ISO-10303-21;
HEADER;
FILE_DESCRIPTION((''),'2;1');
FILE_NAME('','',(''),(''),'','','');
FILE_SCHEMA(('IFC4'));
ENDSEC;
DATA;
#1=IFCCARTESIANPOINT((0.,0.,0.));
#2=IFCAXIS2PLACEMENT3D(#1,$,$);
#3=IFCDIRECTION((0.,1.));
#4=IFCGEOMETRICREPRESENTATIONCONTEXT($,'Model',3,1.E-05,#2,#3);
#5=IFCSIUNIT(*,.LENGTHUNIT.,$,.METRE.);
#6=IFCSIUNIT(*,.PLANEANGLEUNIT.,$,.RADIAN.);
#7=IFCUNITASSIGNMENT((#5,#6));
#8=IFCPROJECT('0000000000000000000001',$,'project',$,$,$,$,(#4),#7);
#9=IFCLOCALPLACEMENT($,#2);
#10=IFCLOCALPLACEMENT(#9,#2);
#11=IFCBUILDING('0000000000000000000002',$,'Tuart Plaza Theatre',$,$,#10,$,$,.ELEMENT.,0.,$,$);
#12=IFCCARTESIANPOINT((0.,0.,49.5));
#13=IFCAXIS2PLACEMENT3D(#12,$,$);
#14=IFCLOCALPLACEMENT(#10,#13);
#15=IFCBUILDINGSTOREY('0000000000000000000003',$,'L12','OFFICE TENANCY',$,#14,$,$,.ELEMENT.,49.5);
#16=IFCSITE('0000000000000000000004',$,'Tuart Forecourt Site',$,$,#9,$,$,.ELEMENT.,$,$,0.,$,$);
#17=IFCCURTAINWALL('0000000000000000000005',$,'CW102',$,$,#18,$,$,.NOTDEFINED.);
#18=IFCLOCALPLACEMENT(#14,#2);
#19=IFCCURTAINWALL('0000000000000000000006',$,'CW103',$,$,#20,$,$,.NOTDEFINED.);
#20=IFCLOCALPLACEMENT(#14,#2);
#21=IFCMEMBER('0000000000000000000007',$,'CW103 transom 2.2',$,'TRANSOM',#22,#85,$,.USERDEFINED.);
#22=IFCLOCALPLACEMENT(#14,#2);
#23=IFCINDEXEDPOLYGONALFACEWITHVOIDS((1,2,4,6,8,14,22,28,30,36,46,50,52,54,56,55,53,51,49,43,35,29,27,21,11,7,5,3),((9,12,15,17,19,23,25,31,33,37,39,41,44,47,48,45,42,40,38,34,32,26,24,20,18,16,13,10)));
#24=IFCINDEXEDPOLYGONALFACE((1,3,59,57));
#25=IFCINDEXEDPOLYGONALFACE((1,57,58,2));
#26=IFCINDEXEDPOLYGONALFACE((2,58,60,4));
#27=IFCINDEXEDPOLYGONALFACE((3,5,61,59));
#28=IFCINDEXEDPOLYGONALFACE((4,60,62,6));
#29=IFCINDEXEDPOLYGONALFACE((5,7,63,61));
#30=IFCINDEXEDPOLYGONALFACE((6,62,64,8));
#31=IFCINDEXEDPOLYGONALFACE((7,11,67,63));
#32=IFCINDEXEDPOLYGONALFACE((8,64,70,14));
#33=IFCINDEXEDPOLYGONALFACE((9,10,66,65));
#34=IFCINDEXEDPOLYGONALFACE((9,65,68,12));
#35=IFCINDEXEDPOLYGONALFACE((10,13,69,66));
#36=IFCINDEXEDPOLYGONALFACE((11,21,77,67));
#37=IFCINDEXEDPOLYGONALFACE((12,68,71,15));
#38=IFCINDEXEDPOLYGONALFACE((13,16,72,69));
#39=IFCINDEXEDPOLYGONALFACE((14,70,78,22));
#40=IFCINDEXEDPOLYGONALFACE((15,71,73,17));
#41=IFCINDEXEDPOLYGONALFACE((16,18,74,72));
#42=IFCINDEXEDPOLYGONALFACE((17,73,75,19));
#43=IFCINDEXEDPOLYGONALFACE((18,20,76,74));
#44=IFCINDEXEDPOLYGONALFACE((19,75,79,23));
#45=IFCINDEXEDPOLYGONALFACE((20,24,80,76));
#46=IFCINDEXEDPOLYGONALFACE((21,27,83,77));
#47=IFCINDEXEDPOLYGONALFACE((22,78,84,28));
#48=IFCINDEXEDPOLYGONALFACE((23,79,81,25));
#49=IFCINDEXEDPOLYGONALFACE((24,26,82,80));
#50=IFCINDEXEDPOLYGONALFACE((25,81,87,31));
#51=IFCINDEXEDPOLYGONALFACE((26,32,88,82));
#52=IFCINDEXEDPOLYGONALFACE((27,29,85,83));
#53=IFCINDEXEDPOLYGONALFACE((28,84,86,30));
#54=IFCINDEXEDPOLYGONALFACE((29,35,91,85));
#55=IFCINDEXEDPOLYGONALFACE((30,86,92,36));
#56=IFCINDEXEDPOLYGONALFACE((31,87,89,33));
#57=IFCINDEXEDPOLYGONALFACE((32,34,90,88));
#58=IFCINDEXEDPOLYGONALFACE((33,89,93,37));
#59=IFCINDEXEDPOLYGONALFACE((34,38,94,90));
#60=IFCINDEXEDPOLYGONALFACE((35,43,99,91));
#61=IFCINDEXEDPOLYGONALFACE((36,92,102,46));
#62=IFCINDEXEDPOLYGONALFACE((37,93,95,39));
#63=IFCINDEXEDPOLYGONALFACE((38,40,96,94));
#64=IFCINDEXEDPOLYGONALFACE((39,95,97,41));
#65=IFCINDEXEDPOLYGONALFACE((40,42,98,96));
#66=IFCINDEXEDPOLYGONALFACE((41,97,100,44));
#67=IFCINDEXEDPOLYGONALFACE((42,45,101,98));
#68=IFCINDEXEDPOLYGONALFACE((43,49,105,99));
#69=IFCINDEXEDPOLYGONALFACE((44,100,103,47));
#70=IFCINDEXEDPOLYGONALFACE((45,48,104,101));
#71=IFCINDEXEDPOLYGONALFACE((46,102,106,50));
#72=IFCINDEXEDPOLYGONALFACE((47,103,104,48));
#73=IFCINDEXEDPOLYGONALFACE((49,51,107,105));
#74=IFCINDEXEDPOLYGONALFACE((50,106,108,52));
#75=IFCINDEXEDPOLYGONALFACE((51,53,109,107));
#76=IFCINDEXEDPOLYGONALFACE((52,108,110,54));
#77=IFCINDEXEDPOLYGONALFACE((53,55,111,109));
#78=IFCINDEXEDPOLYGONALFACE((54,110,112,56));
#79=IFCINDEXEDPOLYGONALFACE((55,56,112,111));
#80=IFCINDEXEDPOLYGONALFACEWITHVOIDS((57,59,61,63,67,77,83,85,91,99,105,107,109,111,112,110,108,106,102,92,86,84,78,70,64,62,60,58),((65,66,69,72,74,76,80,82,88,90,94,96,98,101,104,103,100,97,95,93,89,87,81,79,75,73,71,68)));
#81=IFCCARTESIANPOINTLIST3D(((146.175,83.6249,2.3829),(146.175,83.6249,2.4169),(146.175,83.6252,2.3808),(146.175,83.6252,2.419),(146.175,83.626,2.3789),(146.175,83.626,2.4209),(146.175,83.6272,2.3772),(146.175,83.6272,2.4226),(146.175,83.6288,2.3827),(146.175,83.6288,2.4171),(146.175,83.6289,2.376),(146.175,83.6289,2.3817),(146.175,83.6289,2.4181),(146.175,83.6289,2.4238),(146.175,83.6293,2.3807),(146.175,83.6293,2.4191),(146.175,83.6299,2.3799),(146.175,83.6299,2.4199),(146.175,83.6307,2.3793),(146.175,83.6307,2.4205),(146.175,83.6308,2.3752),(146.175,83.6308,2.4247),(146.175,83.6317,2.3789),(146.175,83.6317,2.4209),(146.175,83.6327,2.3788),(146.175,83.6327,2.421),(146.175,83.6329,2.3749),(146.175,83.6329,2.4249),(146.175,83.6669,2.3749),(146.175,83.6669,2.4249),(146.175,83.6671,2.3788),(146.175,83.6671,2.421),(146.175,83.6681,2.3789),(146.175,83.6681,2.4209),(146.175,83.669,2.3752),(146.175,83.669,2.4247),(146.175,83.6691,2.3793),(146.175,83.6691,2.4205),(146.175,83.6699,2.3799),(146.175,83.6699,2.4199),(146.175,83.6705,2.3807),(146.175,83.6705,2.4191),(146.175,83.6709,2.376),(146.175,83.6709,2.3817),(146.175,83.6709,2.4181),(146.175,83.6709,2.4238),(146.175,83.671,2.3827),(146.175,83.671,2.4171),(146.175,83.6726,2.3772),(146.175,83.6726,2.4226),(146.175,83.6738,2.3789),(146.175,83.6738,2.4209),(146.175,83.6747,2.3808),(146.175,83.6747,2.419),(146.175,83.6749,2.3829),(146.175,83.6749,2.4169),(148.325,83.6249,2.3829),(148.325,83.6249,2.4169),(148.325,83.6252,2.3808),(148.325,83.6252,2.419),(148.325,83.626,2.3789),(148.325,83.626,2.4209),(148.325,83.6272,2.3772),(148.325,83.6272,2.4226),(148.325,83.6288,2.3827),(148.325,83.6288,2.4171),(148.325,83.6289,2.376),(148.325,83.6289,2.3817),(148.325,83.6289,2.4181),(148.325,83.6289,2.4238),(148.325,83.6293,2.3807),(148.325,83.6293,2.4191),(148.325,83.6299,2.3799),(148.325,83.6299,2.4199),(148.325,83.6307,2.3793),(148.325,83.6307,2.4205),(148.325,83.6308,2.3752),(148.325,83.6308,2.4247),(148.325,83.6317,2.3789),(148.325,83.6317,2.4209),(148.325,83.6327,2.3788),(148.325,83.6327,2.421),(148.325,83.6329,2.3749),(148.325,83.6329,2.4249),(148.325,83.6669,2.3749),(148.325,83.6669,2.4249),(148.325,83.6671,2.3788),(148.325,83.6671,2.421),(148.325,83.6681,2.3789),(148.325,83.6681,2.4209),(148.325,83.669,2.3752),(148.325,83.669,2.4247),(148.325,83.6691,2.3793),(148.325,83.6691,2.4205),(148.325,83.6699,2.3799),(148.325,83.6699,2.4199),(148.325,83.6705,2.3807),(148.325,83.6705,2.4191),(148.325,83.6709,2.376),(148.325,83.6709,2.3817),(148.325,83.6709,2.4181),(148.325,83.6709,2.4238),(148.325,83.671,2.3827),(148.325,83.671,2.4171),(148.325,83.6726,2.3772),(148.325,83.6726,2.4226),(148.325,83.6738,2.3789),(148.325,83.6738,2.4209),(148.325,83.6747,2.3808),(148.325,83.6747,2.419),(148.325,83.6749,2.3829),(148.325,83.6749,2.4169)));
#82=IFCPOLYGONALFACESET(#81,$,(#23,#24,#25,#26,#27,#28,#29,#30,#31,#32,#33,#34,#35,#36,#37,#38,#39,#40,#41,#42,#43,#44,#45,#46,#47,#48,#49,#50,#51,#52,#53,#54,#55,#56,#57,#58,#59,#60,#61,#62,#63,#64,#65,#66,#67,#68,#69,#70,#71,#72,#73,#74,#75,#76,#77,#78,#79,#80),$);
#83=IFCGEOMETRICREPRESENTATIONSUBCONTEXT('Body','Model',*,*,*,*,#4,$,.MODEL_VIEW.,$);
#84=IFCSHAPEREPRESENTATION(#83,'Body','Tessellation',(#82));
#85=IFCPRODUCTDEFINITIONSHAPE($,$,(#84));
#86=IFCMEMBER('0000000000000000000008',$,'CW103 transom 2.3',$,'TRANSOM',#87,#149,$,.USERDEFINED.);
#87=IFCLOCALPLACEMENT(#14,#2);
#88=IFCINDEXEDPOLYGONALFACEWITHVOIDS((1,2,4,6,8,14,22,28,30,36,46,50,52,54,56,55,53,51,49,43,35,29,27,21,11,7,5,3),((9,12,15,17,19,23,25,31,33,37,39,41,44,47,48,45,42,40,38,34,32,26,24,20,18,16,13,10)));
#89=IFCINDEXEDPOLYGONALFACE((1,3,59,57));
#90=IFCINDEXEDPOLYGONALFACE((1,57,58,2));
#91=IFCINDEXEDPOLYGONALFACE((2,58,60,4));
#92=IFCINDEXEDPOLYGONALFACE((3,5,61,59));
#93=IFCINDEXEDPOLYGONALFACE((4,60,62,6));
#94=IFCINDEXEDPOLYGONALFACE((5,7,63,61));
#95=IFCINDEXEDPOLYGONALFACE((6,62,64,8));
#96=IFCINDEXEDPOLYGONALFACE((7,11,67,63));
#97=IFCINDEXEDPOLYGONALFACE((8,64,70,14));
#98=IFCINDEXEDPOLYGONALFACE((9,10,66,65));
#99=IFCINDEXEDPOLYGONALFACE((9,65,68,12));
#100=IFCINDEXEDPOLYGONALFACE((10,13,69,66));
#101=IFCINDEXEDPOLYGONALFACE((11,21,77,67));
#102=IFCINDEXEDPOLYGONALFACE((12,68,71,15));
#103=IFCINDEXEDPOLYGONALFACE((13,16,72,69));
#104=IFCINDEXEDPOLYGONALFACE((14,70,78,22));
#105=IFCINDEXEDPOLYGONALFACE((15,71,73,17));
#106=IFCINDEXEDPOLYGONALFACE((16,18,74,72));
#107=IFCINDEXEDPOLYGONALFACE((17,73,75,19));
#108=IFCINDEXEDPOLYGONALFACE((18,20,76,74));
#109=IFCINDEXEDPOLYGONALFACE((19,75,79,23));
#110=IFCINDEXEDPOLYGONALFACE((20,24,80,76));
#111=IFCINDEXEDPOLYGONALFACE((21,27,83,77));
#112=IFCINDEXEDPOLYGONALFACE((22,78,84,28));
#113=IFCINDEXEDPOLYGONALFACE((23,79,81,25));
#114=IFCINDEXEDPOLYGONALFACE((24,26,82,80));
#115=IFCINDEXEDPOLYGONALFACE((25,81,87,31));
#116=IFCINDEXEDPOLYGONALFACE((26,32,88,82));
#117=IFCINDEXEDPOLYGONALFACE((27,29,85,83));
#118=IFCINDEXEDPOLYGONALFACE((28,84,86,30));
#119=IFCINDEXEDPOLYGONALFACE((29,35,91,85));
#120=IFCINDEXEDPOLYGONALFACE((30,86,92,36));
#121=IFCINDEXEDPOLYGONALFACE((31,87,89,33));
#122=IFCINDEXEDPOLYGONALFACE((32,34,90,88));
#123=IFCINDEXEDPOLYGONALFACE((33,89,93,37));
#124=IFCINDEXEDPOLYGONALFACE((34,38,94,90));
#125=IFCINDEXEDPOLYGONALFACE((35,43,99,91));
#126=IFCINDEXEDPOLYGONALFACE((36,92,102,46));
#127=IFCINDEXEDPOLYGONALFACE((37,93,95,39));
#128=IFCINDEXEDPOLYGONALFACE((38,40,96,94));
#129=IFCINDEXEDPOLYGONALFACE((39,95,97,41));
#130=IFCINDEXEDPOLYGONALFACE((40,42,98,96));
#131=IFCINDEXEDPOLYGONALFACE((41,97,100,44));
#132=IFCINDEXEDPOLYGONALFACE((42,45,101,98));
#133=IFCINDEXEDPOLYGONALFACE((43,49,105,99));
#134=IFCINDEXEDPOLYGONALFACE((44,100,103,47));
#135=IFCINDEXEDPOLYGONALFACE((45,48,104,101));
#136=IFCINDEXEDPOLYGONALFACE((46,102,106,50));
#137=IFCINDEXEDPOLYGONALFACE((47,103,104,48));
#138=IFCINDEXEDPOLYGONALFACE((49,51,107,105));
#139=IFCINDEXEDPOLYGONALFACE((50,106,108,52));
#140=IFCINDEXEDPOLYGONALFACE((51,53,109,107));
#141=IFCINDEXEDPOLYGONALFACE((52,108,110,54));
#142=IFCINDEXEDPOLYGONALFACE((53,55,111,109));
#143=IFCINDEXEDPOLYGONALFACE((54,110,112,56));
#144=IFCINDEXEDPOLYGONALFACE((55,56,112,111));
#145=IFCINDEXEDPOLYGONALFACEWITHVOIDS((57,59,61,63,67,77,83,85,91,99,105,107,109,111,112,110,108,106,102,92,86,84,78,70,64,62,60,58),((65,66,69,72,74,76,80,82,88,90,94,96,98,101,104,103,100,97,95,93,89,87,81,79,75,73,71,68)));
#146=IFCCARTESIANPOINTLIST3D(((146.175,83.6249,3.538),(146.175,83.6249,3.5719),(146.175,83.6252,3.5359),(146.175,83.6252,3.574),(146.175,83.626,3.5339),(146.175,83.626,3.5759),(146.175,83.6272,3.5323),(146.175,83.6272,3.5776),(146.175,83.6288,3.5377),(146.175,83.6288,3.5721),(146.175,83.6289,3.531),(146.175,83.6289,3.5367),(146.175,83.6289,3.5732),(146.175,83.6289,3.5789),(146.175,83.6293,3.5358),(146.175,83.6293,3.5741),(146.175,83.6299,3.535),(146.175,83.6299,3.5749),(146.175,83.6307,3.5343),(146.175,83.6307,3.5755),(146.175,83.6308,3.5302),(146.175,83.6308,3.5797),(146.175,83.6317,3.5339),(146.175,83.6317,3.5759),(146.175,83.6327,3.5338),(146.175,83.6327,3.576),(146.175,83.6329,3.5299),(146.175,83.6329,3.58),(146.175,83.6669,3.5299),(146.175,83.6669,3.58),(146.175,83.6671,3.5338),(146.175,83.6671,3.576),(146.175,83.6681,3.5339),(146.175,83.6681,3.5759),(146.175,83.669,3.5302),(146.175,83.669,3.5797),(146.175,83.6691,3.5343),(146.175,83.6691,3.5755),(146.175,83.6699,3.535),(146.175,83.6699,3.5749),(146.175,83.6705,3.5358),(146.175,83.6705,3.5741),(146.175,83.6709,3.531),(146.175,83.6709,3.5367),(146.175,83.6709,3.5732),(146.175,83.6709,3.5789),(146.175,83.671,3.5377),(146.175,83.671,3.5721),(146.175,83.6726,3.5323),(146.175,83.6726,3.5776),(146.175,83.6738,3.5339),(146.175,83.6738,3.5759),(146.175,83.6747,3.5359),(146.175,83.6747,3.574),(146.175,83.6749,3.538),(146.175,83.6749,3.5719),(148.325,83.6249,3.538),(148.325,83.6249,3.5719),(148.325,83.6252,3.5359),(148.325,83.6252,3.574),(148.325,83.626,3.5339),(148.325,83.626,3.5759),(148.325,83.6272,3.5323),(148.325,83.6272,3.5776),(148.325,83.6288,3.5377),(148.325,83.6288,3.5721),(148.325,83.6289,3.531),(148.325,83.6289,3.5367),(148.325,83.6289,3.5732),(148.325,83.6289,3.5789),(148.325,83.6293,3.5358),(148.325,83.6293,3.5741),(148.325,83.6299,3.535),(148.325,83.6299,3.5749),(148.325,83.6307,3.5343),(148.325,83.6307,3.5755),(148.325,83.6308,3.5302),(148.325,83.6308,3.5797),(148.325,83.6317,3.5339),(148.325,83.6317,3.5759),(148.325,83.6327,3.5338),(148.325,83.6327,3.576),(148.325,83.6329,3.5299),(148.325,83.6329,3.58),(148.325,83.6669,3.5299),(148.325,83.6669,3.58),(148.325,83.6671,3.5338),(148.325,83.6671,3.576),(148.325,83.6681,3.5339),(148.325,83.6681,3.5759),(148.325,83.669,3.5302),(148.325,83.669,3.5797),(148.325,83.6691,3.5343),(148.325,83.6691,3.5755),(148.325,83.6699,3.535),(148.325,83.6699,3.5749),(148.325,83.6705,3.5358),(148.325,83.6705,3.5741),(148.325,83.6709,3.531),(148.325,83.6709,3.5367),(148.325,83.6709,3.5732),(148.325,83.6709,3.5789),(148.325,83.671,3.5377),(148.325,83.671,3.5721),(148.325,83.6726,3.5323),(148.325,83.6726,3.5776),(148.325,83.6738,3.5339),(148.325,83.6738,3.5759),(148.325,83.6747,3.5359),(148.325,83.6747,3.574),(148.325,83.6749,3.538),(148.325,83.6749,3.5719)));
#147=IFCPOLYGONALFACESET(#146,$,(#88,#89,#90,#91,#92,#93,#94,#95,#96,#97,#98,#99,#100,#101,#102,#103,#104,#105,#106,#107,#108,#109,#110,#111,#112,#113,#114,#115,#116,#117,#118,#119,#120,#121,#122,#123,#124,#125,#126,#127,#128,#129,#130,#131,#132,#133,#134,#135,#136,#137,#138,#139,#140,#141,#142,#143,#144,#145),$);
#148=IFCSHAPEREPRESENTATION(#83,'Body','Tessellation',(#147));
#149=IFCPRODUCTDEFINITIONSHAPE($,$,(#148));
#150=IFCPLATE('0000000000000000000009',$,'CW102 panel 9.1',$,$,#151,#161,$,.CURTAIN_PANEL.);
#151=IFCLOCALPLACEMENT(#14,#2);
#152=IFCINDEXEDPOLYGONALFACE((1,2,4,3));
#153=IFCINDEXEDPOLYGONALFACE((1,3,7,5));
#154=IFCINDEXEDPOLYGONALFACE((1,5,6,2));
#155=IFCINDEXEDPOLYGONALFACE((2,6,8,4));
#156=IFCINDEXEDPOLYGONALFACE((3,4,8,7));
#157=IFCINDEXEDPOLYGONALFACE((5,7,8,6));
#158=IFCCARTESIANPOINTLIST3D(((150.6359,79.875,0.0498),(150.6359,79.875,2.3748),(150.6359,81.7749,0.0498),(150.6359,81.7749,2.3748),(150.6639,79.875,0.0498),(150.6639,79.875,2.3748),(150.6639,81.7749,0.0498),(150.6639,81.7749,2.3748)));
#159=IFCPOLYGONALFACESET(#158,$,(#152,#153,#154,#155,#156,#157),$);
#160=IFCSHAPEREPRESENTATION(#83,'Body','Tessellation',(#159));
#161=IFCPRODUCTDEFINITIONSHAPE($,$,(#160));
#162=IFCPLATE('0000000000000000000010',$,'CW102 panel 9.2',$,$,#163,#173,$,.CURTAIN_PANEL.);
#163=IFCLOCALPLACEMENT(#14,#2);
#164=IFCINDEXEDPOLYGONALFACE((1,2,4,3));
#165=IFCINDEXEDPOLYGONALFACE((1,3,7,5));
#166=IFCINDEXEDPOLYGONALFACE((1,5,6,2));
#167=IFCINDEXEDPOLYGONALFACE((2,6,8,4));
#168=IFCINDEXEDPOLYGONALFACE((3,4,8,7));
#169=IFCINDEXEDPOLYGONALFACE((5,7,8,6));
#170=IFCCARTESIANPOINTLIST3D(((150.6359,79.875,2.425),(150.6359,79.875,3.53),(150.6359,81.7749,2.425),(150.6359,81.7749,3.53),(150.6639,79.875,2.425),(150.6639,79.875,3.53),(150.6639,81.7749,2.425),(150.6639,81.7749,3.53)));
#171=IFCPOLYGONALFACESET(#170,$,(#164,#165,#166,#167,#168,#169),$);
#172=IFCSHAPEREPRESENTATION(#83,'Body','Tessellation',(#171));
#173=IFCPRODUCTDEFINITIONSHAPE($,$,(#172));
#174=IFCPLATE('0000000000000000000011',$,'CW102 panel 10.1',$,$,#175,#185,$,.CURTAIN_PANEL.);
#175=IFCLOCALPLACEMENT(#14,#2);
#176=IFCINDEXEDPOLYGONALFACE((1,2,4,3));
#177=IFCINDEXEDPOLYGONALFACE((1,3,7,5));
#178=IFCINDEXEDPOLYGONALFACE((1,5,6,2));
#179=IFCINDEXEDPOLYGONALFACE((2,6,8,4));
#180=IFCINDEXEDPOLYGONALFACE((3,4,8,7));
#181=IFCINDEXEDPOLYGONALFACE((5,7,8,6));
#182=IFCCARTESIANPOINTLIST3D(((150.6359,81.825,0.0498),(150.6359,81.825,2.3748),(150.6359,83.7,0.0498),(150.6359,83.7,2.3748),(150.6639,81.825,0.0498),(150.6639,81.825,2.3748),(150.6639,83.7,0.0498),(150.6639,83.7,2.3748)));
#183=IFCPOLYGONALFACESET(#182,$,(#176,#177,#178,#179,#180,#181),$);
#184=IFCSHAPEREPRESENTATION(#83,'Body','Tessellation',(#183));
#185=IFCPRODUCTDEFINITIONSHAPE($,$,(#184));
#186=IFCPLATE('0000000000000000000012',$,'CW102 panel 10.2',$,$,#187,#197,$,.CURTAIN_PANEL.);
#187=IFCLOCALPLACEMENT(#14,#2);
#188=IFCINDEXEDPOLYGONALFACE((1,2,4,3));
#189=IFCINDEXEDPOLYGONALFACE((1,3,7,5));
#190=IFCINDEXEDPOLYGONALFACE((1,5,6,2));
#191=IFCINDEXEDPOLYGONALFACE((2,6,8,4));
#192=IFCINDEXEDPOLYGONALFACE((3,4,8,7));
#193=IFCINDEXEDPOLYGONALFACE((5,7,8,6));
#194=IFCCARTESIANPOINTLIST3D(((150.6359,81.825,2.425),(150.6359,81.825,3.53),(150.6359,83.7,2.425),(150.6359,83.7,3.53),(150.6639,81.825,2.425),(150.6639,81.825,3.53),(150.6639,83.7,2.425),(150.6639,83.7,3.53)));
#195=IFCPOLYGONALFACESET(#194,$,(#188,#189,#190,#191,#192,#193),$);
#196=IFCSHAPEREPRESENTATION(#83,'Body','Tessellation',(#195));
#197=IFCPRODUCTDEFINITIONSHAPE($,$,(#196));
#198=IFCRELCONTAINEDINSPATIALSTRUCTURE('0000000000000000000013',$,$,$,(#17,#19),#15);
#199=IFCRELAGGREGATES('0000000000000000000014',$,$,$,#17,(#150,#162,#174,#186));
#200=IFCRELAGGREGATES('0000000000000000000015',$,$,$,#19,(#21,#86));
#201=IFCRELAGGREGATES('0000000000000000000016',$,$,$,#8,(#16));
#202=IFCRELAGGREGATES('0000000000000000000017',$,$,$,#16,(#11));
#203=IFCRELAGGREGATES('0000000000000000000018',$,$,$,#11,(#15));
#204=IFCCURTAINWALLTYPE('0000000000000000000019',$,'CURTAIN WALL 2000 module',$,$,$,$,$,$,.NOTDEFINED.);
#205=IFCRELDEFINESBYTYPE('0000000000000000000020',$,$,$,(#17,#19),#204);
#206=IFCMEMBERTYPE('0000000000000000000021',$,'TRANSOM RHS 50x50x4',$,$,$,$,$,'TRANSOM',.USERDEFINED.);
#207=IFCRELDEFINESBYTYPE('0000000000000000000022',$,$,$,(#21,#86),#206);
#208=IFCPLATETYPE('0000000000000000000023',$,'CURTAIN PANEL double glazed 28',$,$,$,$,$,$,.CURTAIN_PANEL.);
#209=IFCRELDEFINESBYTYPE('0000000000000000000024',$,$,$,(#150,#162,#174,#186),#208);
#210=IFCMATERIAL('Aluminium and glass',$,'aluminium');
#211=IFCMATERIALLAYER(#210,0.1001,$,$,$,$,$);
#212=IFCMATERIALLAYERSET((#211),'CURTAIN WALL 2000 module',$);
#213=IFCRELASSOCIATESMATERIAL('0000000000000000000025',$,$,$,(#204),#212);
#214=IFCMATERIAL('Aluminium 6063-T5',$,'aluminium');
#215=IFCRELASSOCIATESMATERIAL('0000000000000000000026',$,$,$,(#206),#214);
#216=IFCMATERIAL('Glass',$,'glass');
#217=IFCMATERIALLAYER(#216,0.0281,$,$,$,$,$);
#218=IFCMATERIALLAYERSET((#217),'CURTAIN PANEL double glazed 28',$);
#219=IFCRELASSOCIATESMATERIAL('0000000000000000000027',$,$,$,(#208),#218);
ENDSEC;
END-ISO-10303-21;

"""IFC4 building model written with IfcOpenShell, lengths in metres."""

from ifc_helpers import new_model, si_unit, direction, frame, origin, origin_2d, place, context, subcontext, project, spatial, rectangle, hollow_rectangle, extrude, material, layer, layer_set, material_profile, profile_set, type_object, element, aggregate, save


model = new_model("IFC4")

# Units and contexts
model_context = context("Model", 3, precision=1e-05, world=origin(), true_north=direction((0.0, 1.0)))
body_context = subcontext(model_context, "Body", "Model", "MODEL_VIEW")
ifc_project = project(units=[si_unit("LENGTHUNIT", "METRE"), si_unit("PLANEANGLEUNIT", "RADIAN")], contexts=[model_context])

# Site, building, storey
site_placement = place(None, origin())
site = spatial("IfcSite", under=ifc_project, at=site_placement, Name="Tuart Forecourt Site", CompositionType="ELEMENT", RefElevation=0.0)
building_placement = place(site_placement, origin())
building = spatial("IfcBuilding", under=site, at=building_placement, Name="Tuart Plaza Theatre", CompositionType="ELEMENT", ElevationOfRefHeight=0.0)
storey_placement = place(building_placement, frame((0.0, 0.0, 49.5)))
storey = spatial("IfcBuildingStorey", under=building, at=storey_placement, Name="L12", Description="OFFICE TENANCY", CompositionType="ELEMENT", Elevation=49.5)

# Curtain walls
ifc_material_1 = material(Name="Aluminium and glass", Category="aluminium")
ifc_layer_1 = layer(ifc_material_1, 0.1001)
ifc_layer_set_1 = layer_set([ifc_layer_1], Name="CURTAIN WALL 2000 module")
curtain_wall_type = type_object("IfcCurtainWallType", Name="CURTAIN WALL 2000 module", PredefinedType="NOTDEFINED", material=ifc_layer_set_1)
curtain_wall_1_placement = place(storey_placement, origin())
curtain_wall_1 = element("IfcCurtainWall", 1, at=curtain_wall_1_placement, inside=storey, type_object=curtain_wall_type, Name="CW102", PredefinedType="NOTDEFINED")
curtain_wall_2_placement = place(storey_placement, origin())
curtain_wall_2 = element("IfcCurtainWall", 2, at=curtain_wall_2_placement, inside=storey, type_object=curtain_wall_type, Name="CW103", PredefinedType="NOTDEFINED")

# Members
ifc_material_2 = material(Name="Aluminium 6063-T5", Category="aluminium")
ifc_material_profile_1 = material_profile(ifc_material_2, hollow_rectangle(XDim=0.05, YDim=0.05, WallThickness=0.0039, InnerFilletRadius=0.0039, OuterFilletRadius=0.0081, at=origin_2d()), Name="RHS 50x50x4")
ifc_profile_set_1 = profile_set([ifc_material_profile_1], Name="Aluminium 6063-T5")
member_type_1 = type_object("IfcMemberType", Name="TRANSOM RHS 50x50x4", ElementType="TRANSOM", PredefinedType="USERDEFINED", material=ifc_profile_set_1)
member_1_placement = place(storey_placement, frame((148.325, 83.6499, 2.3999), z_axis=(-1.0, 0.0, 0.0), x_axis=(0.0, -1.0, 0.0)))
member_1 = element("IfcMember", 3, at=member_1_placement, type_object=member_type_1, Name="CW103 transom 2.2", ObjectType="TRANSOM", PredefinedType="USERDEFINED", context=body_context, shape_type="SweptSolid", body=[
    extrude(hollow_rectangle(XDim=0.05, YDim=0.05, WallThickness=0.0039, InnerFilletRadius=0.0039, OuterFilletRadius=0.0081, at=origin_2d()), origin(), (0.0, 0.0, 1.0), 2.1499),
])
member_2_placement = place(storey_placement, frame((148.325, 83.6499, 3.5549), z_axis=(-1.0, 0.0, 0.0), x_axis=(0.0, -1.0, 0.0)))
member_2 = element("IfcMember", 4, at=member_2_placement, type_object=member_type_1, Name="CW103 transom 2.3", ObjectType="TRANSOM", PredefinedType="USERDEFINED", context=body_context, shape_type="SweptSolid", body=[
    extrude(hollow_rectangle(XDim=0.05, YDim=0.05, WallThickness=0.0039, InnerFilletRadius=0.0039, OuterFilletRadius=0.0081, at=origin_2d()), origin(), (0.0, 0.0, 1.0), 2.1499),
])

# Plates
ifc_material_3 = material(Name="Glass", Category="glass")
ifc_layer_2 = layer(ifc_material_3, 0.0281)
ifc_layer_set_2 = layer_set([ifc_layer_2], Name="CURTAIN PANEL double glazed 28")
plate_type = type_object("IfcPlateType", Name="CURTAIN PANEL double glazed 28", PredefinedType="CURTAIN_PANEL", material=ifc_layer_set_2)
plate_1_placement = place(storey_placement, frame((150.6499, 80.825, 0.0498), z_axis=(0.0, 0.0, 1.0), x_axis=(0.0, 1.0, 0.0)))
plate_1 = element("IfcPlate", 5, at=plate_1_placement, type_object=plate_type, Name="CW102 panel 9.1", PredefinedType="CURTAIN_PANEL", context=body_context, shape_type="SweptSolid", body=[
    extrude(rectangle(XDim=1.8999, YDim=0.0281, at=origin_2d()), origin(), (0.0, 0.0, 1.0), 2.325),
])
plate_2_placement = place(storey_placement, frame((150.6499, 80.825, 2.425), z_axis=(0.0, 0.0, 1.0), x_axis=(0.0, 1.0, 0.0)))
plate_2 = element("IfcPlate", 6, at=plate_2_placement, type_object=plate_type, Name="CW102 panel 9.2", PredefinedType="CURTAIN_PANEL", context=body_context, shape_type="SweptSolid", body=[
    extrude(rectangle(XDim=1.8999, YDim=0.0281, at=origin_2d()), origin(), (0.0, 0.0, 1.0), 1.105),
])
plate_3_placement = place(storey_placement, frame((150.6499, 82.7625, 0.0498), z_axis=(0.0, 0.0, 1.0), x_axis=(0.0, 1.0, 0.0)))
plate_3 = element("IfcPlate", 7, at=plate_3_placement, type_object=plate_type, Name="CW102 panel 10.1", PredefinedType="CURTAIN_PANEL", context=body_context, shape_type="SweptSolid", body=[
    extrude(rectangle(XDim=1.875, YDim=0.0281, at=origin_2d()), origin(), (0.0, 0.0, 1.0), 2.325),
])
plate_4_placement = place(storey_placement, frame((150.6499, 82.7625, 2.425), z_axis=(0.0, 0.0, 1.0), x_axis=(0.0, 1.0, 0.0)))
plate_4 = element("IfcPlate", 8, at=plate_4_placement, type_object=plate_type, Name="CW102 panel 10.2", PredefinedType="CURTAIN_PANEL", context=body_context, shape_type="SweptSolid", body=[
    extrude(rectangle(XDim=1.875, YDim=0.0281, at=origin_2d()), origin(), (0.0, 0.0, 1.0), 1.105),
])
aggregate(curtain_wall_1, [plate_1, plate_2, plate_3, plate_4])
aggregate(curtain_wall_2, [member_1, member_2])

save(model, "model.ifc")
